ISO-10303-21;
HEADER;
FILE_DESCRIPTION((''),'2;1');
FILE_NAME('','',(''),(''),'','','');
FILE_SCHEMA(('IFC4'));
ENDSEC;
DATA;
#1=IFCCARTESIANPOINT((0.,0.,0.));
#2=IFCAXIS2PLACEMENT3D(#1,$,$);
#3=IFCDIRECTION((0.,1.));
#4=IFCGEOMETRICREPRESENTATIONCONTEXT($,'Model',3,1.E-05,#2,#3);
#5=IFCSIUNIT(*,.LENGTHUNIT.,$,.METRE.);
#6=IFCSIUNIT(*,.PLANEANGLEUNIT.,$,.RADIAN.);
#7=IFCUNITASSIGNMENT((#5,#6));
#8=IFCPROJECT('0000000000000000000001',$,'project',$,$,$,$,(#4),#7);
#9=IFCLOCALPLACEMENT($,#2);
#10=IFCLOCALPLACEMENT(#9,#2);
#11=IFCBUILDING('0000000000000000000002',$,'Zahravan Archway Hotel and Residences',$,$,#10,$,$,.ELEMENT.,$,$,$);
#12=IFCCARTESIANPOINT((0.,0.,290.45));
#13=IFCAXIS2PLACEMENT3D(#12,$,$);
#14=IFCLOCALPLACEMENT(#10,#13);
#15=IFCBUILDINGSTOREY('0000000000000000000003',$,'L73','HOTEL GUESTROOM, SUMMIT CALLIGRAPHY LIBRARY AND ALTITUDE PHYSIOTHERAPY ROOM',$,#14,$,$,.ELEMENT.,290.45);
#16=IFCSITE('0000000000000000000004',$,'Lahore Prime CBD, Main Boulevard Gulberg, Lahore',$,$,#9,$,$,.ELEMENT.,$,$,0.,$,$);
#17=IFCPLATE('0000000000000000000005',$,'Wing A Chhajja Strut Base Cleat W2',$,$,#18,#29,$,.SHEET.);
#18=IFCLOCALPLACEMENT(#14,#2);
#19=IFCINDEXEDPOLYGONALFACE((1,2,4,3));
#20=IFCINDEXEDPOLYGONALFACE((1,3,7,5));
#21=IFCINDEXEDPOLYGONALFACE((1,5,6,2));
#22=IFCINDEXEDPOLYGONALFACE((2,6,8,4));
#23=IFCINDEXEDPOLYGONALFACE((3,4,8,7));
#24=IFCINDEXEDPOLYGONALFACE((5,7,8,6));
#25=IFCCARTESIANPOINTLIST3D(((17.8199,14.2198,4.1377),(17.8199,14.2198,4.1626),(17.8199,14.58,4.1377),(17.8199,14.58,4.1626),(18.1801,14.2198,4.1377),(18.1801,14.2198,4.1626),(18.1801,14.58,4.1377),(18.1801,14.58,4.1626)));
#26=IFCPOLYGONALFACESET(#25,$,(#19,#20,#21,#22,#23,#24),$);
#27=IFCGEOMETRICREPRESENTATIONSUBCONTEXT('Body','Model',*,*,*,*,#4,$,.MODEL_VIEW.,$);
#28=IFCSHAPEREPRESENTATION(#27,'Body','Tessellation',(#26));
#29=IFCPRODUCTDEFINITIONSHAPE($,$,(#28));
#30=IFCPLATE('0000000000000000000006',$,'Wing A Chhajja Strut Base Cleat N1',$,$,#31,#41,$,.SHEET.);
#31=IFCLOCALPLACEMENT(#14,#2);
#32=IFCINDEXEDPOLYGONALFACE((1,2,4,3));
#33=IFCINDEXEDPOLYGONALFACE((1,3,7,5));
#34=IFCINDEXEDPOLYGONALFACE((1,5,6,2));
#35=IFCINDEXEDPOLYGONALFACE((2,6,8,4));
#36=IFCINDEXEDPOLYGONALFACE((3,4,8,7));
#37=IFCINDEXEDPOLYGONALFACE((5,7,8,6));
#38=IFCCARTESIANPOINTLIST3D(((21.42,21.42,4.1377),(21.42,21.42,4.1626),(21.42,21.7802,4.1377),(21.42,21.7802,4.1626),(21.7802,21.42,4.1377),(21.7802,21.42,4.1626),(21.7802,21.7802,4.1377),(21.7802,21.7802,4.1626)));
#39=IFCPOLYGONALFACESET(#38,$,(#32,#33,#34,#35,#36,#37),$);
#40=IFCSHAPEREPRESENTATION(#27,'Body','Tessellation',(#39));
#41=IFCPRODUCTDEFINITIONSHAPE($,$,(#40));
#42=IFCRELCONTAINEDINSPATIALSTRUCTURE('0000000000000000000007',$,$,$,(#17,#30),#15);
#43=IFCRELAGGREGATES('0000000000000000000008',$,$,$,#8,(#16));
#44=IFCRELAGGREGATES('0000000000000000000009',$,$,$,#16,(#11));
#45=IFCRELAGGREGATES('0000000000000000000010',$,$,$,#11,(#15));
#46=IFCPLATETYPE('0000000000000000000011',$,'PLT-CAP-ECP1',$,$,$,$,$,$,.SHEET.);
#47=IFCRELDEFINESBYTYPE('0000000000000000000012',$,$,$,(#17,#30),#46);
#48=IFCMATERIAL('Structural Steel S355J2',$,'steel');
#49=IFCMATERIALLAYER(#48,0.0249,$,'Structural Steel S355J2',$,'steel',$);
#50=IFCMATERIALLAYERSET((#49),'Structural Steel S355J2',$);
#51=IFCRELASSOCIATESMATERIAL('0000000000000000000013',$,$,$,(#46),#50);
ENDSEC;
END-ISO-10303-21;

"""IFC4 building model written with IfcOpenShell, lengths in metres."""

from ifc_helpers import new_model, si_unit, direction, frame, origin, origin_2d, place, context, subcontext, project, spatial, rectangle, extrude, source, transform, mapped, material, layer, layer_set, type_object, type_shapes, element, save


model = new_model("IFC4")

# Units and contexts
model_context = context("Model", 3, precision=1e-05, world=origin(), true_north=direction((0.0, 1.0)))
body_context = subcontext(model_context, "Body", "Model", "MODEL_VIEW")
ifc_project = project(units=[si_unit("LENGTHUNIT", "METRE"), si_unit("PLANEANGLEUNIT", "RADIAN")], contexts=[model_context])

# Site, building, storey
site_placement = place(None, origin())
site = spatial("IfcSite", under=ifc_project, at=site_placement, Name="Lahore Prime CBD, Main Boulevard Gulberg, Lahore", CompositionType="ELEMENT", RefElevation=0.0)
building_placement = place(site_placement, origin())
building = spatial("IfcBuilding", under=site, at=building_placement, Name="Zahravan Archway Hotel and Residences", CompositionType="ELEMENT")
storey_placement = place(building_placement, frame((0.0, 0.0, 290.45)))
storey = spatial("IfcBuildingStorey", under=building, at=storey_placement, Name="L73", Description="HOTEL GUESTROOM, SUMMIT CALLIGRAPHY LIBRARY AND ALTITUDE PHYSIOTHERAPY ROOM", CompositionType="ELEMENT", Elevation=290.45)

# Plates
ifc_material_1 = material(Name="Structural Steel S355J2", Category="steel")
ifc_layer_1 = layer(ifc_material_1, 0.0249, Name="Structural Steel S355J2", Category="steel")
ifc_layer_set_1 = layer_set([ifc_layer_1], Name="Structural Steel S355J2")
plate_type = type_object("IfcPlateType", Name="PLT-CAP-ECP1", PredefinedType="SHEET", material=ifc_layer_set_1)
shared_shape_1 = source(origin(), body_context, "Body", "SweptSolid", [
    extrude(rectangle(XDim=0.3601, YDim=0.3601, at=origin_2d()), origin(), (0.0, 0.0, 1.0), 0.0249),
])
type_shapes(plate_type, [shared_shape_1])
for number, where, z_axis, x_axis, name in (
    (1, (18.0, 14.3999, 4.1377), (0.0, 0.0, 1.0), (1.0, 0.0, 0.0), "Wing A Chhajja Strut Base Cleat W2"),
    (2, (21.6001, 21.6001, 4.1377), (0.0, 0.0, 1.0), (1.0, 0.0, 0.0), "Wing A Chhajja Strut Base Cleat N1"),
):
    element("IfcPlate", number, at=place(storey_placement, frame(where, z_axis=z_axis, x_axis=x_axis)), inside=storey, type_object=plate_type, Name=name, PredefinedType="SHEET", context=body_context, shape_type="MappedRepresentation", body=[
        mapped(shared_shape_1, transform((0.0, 0.0, 0.0), scale=1.0)),
    ])

save(model, "model.ifc")
